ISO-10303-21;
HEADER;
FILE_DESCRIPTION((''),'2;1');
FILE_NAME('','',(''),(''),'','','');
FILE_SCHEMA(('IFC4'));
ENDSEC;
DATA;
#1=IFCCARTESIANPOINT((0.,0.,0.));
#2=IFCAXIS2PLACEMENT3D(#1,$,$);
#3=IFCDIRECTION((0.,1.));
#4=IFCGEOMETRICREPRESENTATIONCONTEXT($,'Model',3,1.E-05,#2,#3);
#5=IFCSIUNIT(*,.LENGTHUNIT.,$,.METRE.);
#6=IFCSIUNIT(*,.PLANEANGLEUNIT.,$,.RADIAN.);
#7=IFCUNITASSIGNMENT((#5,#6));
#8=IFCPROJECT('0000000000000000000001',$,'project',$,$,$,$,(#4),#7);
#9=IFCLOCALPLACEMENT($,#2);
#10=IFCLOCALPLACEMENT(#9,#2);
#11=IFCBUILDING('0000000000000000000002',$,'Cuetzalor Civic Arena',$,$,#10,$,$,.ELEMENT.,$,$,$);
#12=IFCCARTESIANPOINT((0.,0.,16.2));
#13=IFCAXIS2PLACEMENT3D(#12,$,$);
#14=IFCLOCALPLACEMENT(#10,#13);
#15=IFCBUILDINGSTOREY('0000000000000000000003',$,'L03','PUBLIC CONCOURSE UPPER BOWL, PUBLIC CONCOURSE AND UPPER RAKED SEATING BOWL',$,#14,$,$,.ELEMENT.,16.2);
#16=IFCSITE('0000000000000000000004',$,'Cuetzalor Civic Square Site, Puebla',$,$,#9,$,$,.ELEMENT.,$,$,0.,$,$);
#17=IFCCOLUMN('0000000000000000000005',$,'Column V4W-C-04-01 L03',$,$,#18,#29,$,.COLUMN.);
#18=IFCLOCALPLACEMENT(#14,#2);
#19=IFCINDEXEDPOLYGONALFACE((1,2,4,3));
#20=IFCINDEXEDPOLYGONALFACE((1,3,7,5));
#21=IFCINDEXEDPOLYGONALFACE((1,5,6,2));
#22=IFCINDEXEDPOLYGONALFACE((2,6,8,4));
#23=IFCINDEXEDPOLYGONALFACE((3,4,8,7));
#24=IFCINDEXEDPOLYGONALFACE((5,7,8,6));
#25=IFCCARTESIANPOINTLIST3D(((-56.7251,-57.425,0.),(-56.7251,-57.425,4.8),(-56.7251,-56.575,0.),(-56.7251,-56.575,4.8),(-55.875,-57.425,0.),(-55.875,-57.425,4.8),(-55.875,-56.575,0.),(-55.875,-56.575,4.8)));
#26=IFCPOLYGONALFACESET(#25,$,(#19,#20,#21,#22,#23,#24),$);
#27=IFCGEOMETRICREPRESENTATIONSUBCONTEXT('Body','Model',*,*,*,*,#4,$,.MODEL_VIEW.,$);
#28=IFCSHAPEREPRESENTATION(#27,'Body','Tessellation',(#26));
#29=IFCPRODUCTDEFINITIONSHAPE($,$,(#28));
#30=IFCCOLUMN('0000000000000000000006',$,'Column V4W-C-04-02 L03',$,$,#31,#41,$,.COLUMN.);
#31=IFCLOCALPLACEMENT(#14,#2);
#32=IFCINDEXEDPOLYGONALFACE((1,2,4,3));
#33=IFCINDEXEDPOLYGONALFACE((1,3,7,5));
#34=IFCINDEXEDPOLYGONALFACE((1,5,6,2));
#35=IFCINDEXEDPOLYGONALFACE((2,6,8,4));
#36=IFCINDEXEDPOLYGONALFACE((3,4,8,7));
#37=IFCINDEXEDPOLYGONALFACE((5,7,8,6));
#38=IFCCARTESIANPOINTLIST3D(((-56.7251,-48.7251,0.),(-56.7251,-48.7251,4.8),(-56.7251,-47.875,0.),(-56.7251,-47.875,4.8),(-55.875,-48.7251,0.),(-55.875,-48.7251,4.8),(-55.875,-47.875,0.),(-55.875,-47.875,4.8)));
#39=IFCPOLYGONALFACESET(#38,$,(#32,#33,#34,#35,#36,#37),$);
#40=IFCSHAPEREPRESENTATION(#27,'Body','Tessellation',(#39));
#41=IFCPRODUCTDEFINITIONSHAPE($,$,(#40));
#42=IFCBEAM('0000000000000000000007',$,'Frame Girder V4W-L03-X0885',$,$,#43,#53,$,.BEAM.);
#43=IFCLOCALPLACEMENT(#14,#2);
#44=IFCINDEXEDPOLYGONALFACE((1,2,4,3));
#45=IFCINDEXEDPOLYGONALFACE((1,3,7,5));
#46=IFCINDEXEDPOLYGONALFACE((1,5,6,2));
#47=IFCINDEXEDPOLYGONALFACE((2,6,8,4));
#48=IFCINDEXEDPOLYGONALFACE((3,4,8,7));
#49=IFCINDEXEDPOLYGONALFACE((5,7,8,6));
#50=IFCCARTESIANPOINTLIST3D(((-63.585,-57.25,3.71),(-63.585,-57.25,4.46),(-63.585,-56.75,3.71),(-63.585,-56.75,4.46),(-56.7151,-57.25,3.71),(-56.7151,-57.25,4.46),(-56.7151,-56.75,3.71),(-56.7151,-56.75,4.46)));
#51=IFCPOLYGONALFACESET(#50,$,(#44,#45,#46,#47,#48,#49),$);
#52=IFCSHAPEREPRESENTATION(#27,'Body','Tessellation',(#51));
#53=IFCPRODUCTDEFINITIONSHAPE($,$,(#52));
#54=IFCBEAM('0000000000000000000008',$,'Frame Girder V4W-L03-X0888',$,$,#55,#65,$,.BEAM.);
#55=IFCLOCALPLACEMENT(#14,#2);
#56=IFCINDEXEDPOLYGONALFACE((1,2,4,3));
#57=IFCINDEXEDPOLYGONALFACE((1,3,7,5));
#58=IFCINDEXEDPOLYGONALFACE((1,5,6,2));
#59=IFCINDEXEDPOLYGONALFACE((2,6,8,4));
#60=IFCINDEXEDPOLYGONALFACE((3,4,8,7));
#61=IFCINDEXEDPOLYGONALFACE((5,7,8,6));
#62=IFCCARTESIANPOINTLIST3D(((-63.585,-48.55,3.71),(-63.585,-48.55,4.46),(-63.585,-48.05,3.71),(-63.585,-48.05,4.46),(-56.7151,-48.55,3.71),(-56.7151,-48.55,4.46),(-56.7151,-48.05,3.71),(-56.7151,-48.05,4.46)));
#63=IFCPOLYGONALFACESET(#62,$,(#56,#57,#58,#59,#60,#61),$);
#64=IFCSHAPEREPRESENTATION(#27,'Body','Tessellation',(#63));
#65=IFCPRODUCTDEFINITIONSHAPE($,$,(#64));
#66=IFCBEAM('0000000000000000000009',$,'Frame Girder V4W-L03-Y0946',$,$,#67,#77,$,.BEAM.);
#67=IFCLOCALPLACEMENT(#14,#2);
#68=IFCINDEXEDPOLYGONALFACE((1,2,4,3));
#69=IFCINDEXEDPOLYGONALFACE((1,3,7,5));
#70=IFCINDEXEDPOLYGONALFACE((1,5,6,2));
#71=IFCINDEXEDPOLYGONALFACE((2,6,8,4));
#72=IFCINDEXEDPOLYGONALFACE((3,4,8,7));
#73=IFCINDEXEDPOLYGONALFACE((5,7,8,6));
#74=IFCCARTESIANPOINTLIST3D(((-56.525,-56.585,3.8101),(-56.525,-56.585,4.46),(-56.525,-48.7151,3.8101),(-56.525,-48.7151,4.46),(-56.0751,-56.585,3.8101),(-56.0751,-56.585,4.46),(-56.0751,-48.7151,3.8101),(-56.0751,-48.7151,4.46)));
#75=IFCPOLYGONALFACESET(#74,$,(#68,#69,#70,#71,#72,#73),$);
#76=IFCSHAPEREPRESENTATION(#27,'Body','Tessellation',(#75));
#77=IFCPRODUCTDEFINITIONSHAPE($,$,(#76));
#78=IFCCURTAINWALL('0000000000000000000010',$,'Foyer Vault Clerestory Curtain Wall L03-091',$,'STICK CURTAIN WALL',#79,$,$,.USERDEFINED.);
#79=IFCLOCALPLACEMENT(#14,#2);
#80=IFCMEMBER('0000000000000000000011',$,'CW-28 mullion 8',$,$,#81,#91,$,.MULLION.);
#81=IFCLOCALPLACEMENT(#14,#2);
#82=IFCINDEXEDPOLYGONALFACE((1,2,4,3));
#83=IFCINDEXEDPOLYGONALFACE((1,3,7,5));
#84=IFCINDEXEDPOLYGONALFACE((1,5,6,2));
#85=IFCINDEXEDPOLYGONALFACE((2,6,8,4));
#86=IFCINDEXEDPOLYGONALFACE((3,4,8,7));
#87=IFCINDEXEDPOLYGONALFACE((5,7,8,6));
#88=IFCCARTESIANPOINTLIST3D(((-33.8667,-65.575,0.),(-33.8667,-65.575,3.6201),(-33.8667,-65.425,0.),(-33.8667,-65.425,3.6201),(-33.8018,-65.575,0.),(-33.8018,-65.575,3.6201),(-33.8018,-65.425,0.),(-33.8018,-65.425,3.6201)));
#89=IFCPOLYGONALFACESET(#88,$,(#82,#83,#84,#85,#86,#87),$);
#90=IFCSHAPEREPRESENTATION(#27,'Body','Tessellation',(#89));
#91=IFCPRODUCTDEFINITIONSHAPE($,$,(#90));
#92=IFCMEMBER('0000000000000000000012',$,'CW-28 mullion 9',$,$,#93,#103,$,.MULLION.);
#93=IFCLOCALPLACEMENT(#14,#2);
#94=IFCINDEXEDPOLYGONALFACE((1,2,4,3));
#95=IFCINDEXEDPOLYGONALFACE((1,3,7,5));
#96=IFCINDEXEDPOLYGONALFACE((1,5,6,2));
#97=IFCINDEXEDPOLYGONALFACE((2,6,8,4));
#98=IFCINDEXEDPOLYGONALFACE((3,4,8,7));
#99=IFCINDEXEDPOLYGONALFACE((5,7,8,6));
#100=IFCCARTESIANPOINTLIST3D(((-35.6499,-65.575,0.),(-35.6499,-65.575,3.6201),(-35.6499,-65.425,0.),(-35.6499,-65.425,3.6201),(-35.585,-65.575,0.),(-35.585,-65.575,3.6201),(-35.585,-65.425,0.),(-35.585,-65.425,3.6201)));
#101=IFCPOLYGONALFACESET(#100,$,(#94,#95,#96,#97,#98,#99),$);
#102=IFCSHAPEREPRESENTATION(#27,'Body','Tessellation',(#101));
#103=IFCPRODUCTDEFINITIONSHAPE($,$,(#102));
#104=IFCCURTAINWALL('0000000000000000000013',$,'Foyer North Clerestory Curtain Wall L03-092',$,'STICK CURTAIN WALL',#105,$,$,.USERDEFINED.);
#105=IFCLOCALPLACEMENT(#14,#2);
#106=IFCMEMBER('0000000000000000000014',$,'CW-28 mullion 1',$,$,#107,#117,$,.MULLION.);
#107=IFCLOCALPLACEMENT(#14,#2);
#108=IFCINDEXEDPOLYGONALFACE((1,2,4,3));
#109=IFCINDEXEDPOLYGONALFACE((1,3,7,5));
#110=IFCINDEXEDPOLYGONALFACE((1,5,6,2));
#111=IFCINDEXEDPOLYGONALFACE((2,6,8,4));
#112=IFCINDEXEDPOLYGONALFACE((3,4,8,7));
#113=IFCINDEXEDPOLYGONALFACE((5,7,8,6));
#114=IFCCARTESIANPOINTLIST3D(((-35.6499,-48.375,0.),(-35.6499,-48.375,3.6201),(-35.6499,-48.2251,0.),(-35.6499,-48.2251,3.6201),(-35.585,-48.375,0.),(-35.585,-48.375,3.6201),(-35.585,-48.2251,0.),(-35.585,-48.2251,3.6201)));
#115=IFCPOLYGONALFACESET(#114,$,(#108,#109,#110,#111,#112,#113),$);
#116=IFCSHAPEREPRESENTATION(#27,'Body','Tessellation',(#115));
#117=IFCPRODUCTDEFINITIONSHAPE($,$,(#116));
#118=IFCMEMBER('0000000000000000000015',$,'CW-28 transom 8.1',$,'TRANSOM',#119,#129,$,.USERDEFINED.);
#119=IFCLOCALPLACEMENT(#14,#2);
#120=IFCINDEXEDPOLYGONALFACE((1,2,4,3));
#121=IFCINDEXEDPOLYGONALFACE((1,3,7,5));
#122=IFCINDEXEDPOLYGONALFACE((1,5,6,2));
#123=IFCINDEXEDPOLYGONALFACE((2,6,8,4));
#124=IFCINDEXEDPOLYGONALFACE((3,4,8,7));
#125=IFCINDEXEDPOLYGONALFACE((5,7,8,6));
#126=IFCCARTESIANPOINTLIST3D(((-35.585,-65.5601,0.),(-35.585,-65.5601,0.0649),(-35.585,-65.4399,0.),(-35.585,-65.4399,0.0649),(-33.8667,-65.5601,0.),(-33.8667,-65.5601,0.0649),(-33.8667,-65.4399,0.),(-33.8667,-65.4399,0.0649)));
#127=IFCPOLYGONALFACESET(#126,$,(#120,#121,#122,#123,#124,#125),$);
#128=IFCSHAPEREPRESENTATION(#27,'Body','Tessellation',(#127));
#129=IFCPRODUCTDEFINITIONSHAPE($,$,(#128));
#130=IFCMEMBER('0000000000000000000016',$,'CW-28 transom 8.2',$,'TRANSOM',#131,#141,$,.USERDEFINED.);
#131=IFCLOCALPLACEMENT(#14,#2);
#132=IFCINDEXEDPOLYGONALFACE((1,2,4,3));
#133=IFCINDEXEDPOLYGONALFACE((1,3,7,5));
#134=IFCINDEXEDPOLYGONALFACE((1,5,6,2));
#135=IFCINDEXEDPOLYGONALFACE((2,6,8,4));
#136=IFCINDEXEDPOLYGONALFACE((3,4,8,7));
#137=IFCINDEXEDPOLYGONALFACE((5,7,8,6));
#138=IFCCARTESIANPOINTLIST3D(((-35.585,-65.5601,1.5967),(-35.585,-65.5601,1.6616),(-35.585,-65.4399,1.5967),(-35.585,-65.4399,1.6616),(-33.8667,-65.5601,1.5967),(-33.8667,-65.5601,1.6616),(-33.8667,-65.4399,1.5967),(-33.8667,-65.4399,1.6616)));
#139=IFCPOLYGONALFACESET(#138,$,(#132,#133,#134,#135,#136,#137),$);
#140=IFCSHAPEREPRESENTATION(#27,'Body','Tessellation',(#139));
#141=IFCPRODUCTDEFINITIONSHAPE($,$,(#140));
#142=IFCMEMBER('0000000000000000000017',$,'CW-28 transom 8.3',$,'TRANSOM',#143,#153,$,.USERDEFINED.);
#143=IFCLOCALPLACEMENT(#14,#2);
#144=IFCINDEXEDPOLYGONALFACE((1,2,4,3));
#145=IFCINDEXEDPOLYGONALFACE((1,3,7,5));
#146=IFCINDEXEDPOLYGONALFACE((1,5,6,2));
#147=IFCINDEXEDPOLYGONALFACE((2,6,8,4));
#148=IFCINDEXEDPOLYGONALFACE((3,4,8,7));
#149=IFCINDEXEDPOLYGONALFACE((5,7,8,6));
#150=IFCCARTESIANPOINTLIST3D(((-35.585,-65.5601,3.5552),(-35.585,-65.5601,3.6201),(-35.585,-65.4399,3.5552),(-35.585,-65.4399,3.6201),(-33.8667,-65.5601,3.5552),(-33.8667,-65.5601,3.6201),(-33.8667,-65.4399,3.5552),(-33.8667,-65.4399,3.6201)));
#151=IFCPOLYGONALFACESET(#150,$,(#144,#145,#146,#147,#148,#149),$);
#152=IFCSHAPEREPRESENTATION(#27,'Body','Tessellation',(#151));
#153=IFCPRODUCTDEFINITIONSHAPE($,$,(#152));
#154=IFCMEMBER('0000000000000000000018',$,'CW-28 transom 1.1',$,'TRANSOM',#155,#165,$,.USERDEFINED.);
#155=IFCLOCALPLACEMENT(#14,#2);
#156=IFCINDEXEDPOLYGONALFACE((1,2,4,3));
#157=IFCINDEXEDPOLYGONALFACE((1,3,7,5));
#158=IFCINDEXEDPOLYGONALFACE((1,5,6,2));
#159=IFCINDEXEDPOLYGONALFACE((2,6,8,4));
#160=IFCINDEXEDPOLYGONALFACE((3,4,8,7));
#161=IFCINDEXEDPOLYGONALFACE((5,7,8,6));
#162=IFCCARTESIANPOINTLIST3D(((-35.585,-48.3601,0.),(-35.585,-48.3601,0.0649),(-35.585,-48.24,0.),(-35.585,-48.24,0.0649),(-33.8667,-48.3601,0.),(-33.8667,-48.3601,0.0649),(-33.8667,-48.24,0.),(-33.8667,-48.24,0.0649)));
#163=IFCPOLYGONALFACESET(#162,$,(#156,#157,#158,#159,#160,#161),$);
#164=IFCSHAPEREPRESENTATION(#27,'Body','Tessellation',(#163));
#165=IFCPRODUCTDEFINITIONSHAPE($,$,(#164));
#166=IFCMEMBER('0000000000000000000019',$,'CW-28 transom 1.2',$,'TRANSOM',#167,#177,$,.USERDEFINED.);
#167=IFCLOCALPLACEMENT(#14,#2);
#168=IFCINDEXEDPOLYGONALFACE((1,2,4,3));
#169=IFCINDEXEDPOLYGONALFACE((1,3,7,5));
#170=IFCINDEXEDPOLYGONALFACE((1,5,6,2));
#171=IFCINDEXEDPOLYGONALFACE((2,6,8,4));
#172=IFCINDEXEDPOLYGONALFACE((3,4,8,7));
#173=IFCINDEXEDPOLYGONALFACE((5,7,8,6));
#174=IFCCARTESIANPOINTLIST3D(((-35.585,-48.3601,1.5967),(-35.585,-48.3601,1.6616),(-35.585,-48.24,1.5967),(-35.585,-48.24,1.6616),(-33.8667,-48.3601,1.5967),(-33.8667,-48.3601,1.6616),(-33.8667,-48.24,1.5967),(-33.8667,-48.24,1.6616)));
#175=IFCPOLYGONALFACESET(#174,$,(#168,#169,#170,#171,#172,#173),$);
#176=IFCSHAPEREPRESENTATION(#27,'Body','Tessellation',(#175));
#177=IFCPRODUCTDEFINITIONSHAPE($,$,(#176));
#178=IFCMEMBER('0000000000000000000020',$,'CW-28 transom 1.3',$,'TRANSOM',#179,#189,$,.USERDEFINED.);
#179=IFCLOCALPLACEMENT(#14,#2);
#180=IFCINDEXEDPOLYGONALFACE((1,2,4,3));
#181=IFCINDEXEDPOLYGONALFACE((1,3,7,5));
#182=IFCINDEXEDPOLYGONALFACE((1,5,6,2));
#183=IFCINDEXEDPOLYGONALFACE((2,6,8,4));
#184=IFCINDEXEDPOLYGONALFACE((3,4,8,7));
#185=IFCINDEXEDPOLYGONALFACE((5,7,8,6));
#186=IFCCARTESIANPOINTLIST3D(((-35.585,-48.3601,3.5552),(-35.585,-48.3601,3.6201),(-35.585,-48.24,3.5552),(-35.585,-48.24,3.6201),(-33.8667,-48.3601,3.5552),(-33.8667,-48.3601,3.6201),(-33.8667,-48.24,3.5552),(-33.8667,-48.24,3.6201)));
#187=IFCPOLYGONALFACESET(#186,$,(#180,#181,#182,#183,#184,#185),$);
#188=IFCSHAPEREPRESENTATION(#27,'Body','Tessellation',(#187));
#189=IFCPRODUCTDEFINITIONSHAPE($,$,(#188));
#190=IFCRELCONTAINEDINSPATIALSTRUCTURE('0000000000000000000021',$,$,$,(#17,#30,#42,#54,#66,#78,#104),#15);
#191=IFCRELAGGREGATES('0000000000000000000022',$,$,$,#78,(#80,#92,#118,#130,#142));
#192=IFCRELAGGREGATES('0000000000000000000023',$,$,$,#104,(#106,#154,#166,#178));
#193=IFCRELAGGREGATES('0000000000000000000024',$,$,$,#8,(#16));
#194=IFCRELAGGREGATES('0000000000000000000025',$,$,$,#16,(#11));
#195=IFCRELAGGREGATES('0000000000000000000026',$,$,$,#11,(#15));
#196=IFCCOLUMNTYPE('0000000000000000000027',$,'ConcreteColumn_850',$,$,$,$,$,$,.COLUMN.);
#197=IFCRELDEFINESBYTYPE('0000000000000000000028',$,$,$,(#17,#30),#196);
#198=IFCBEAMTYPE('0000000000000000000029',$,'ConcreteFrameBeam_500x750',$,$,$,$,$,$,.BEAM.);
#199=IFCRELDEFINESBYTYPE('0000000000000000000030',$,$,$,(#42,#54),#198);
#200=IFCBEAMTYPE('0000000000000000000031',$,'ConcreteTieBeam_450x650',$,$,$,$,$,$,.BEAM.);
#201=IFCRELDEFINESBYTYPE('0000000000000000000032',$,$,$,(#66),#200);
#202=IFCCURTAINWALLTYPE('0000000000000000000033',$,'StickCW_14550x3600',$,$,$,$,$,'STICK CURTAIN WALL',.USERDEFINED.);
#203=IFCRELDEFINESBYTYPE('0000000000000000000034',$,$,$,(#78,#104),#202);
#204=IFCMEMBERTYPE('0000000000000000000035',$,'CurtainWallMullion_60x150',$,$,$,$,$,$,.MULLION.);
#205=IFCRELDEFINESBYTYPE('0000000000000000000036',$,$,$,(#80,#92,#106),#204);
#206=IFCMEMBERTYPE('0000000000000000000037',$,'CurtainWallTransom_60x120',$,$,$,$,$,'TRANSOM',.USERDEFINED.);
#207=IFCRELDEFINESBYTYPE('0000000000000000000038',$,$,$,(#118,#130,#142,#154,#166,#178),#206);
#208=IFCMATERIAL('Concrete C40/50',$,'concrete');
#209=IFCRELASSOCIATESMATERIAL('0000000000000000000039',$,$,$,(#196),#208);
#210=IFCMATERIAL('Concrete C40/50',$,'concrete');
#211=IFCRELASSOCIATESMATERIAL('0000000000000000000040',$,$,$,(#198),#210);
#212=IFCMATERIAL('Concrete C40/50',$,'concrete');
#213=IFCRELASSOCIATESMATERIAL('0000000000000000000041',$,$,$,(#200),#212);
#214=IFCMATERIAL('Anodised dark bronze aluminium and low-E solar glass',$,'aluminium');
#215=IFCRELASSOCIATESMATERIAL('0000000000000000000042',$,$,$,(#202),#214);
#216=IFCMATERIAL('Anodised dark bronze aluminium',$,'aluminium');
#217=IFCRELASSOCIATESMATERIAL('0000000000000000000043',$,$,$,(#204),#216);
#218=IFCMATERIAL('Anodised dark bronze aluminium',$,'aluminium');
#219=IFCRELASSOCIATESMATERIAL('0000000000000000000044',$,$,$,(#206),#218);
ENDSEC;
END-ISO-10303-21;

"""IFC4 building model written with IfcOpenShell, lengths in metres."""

from ifc_helpers import new_model, si_unit, direction, frame, origin, origin_2d, place, context, subcontext, project, spatial, rectangle, extrude, material, material_profile, profile_set, type_object, element, aggregate, save


model = new_model("IFC4")

# Units and contexts
model_context = context("Model", 3, precision=1e-05, world=origin(), true_north=direction((0.0, 1.0)))
body_context = subcontext(model_context, "Body", "Model", "MODEL_VIEW")
ifc_project = project(units=[si_unit("LENGTHUNIT", "METRE"), si_unit("PLANEANGLEUNIT", "RADIAN")], contexts=[model_context])

# Site, building, storey
site_placement = place(None, origin())
site = spatial("IfcSite", under=ifc_project, at=site_placement, Name="Cuetzalor Civic Square Site, Puebla", CompositionType="ELEMENT", RefElevation=0.0)
building_placement = place(site_placement, origin())
building = spatial("IfcBuilding", under=site, at=building_placement, Name="Cuetzalor Civic Arena", CompositionType="ELEMENT")
storey_placement = place(building_placement, frame((0.0, 0.0, 16.2)))
storey = spatial("IfcBuildingStorey", under=building, at=storey_placement, Name="L03", Description="PUBLIC CONCOURSE UPPER BOWL, PUBLIC CONCOURSE AND UPPER RAKED SEATING BOWL", CompositionType="ELEMENT", Elevation=16.2)

# Columns
ifc_material_1 = material(Name="Concrete C40/50", Category="concrete")
ifc_material_profile_1 = material_profile(ifc_material_1, rectangle(XDim=0.8501, YDim=0.8501, at=origin_2d()), Name="RC 850x850")
ifc_profile_set_1 = profile_set([ifc_material_profile_1], Name="Concrete C40/50")
column_type = type_object("IfcColumnType", Name="ConcreteColumn_850", PredefinedType="COLUMN", material=ifc_profile_set_1)
for number, where, z_axis, x_axis, name in (
    (1, (-56.3, -57.0, 0.0), (0.0, 0.0, 1.0), (1.0, 0.0, 0.0), "Column V4W-C-04-01 L03"),
    (2, (-56.3, -48.3, 0.0), (0.0, 0.0, 1.0), (1.0, 0.0, 0.0), "Column V4W-C-04-02 L03"),
):
    element("IfcColumn", number, at=place(storey_placement, frame(where, z_axis=z_axis, x_axis=x_axis)), inside=storey, type_object=column_type, Name=name, PredefinedType="COLUMN", context=body_context, shape_type="SweptSolid", body=[
        extrude(rectangle(XDim=0.8501, YDim=0.8501, at=origin_2d()), origin(), (0.0, 0.0, 1.0), 4.8),
    ])

# Beams
ifc_material_2 = material(Name="Concrete C40/50", Category="concrete")
ifc_material_profile_2 = material_profile(ifc_material_2, rectangle(XDim=0.5, YDim=0.75, at=origin_2d()), Name="RC 500x750")
ifc_profile_set_2 = profile_set([ifc_material_profile_2], Name="Concrete C40/50")
beam_type_1 = type_object("IfcBeamType", Name="ConcreteFrameBeam_500x750", PredefinedType="BEAM", material=ifc_profile_set_2)
for number, where, z_axis, x_axis, name in (
    (3, (-63.585, -57.0, 4.085), (1.0, 0.0, 0.0), (0.0, 1.0, 0.0), "Frame Girder V4W-L03-X0885"),
    (4, (-63.585, -48.3, 4.085), (1.0, 0.0, 0.0), (0.0, 1.0, 0.0), "Frame Girder V4W-L03-X0888"),
):
    element("IfcBeam", number, at=place(storey_placement, frame(where, z_axis=z_axis, x_axis=x_axis)), inside=storey, type_object=beam_type_1, Name=name, PredefinedType="BEAM", context=body_context, shape_type="SweptSolid", body=[
        extrude(rectangle(XDim=0.5, YDim=0.75, at=origin_2d()), origin(), (0.0, 0.0, 1.0), 6.8699),
    ])
ifc_material_3 = material(Name="Concrete C40/50", Category="concrete")
ifc_material_profile_3 = material_profile(ifc_material_3, rectangle(XDim=0.45, YDim=0.6499, at=origin_2d()), Name="RC 450x650")
ifc_profile_set_3 = profile_set([ifc_material_profile_3], Name="Concrete C40/50")
beam_type_2 = type_object("IfcBeamType", Name="ConcreteTieBeam_450x650", PredefinedType="BEAM", material=ifc_profile_set_3)
beam_1_placement = place(storey_placement, frame((-56.3, -56.585, 4.135), z_axis=(0.0, 1.0, 0.0), x_axis=(-1.0, 0.0, 0.0)))
element("IfcBeam", 5, at=beam_1_placement, inside=storey, type_object=beam_type_2, Name="Frame Girder V4W-L03-Y0946", PredefinedType="BEAM", context=body_context, shape_type="SweptSolid", body=[
    extrude(rectangle(XDim=0.45, YDim=0.6499, at=origin_2d()), origin(), (0.0, 0.0, 1.0), 7.8699),
])

# Curtain wall, members
ifc_material_4 = material(Name="Anodised dark bronze aluminium and low-E solar glass", Category="aluminium")
curtain_wall_type = type_object("IfcCurtainWallType", Name="StickCW_14550x3600", ElementType="STICK CURTAIN WALL", PredefinedType="USERDEFINED", material=ifc_material_4)
curtain_wall_1_placement = place(storey_placement, origin())
curtain_wall_1 = element("IfcCurtainWall", 6, at=curtain_wall_1_placement, inside=storey, type_object=curtain_wall_type, Name="Foyer Vault Clerestory Curtain Wall L03-091", ObjectType="STICK CURTAIN WALL", PredefinedType="USERDEFINED")
ifc_material_5 = material(Name="Anodised dark bronze aluminium", Category="aluminium")
ifc_material_profile_4 = material_profile(ifc_material_5, rectangle(XDim=0.0649, YDim=0.1499, at=origin_2d()), Name="ALU MULLION 65x150")
ifc_profile_set_4 = profile_set([ifc_material_profile_4], Name="Anodised dark bronze aluminium")
member_type_1 = type_object("IfcMemberType", Name="CurtainWallMullion_60x150", PredefinedType="MULLION", material=ifc_profile_set_4)
member_1_placement = place(storey_placement, frame((-33.8342, -65.5, 0.0), z_axis=(0.0, 0.0, 1.0), x_axis=(-1.0, 0.0, 0.0)))
member_1 = element("IfcMember", 7, at=member_1_placement, type_object=member_type_1, Name="CW-28 mullion 8", PredefinedType="MULLION", context=body_context, shape_type="SweptSolid", body=[
    extrude(rectangle(XDim=0.0649, YDim=0.1499, at=origin_2d()), origin(), (0.0, 0.0, 1.0), 3.6201),
])
member_2_placement = place(storey_placement, frame((-35.6174, -65.5, 0.0), z_axis=(0.0, 0.0, 1.0), x_axis=(-1.0, 0.0, 0.0)))
member_2 = element("IfcMember", 8, at=member_2_placement, type_object=member_type_1, Name="CW-28 mullion 9", PredefinedType="MULLION", context=body_context, shape_type="SweptSolid", body=[
    extrude(rectangle(XDim=0.0649, YDim=0.1499, at=origin_2d()), origin(), (0.0, 0.0, 1.0), 3.6201),
])

# Curtain wall, member
curtain_wall_2_placement = place(storey_placement, origin())
curtain_wall_2 = element("IfcCurtainWall", 9, at=curtain_wall_2_placement, inside=storey, type_object=curtain_wall_type, Name="Foyer North Clerestory Curtain Wall L03-092", ObjectType="STICK CURTAIN WALL", PredefinedType="USERDEFINED")
member_3_placement = place(storey_placement, frame((-35.6174, -48.3, 0.0), z_axis=(0.0, 0.0, 1.0), x_axis=(1.0, 0.0, 0.0)))
member_3 = element("IfcMember", 10, at=member_3_placement, type_object=member_type_1, Name="CW-28 mullion 1", PredefinedType="MULLION", context=body_context, shape_type="SweptSolid", body=[
    extrude(rectangle(XDim=0.0649, YDim=0.1499, at=origin_2d()), origin(), (0.0, 0.0, 1.0), 3.6201),
])

# Members
ifc_material_6 = material(Name="Anodised dark bronze aluminium", Category="aluminium")
ifc_material_profile_5 = material_profile(ifc_material_6, rectangle(XDim=0.1201, YDim=0.0649, at=origin_2d()), Name="ALU TRANSOM 65x120")
ifc_profile_set_5 = profile_set([ifc_material_profile_5], Name="Anodised dark bronze aluminium")
member_type_2 = type_object("IfcMemberType", Name="CurtainWallTransom_60x120", ElementType="TRANSOM", PredefinedType="USERDEFINED", material=ifc_profile_set_5)
member_4_placement = place(storey_placement, frame((-33.8667, -65.5, 0.0325), z_axis=(-1.0, 0.0, 0.0), x_axis=(0.0, -1.0, 0.0)))
member_4 = element("IfcMember", 11, at=member_4_placement, type_object=member_type_2, Name="CW-28 transom 8.1", ObjectType="TRANSOM", PredefinedType="USERDEFINED", context=body_context, shape_type="SweptSolid", body=[
    extrude(rectangle(XDim=0.1201, YDim=0.0649, at=origin_2d()), origin(), (0.0, 0.0, 1.0), 1.7183),
])
member_5_placement = place(storey_placement, frame((-33.8667, -65.5, 1.6292), z_axis=(-1.0, 0.0, 0.0), x_axis=(0.0, -1.0, 0.0)))
member_5 = element("IfcMember", 12, at=member_5_placement, type_object=member_type_2, Name="CW-28 transom 8.2", ObjectType="TRANSOM", PredefinedType="USERDEFINED", context=body_context, shape_type="SweptSolid", body=[
    extrude(rectangle(XDim=0.1201, YDim=0.0649, at=origin_2d()), origin(), (0.0, 0.0, 1.0), 1.7183),
])
member_6_placement = place(storey_placement, frame((-33.8667, -65.5, 3.5876), z_axis=(-1.0, 0.0, 0.0), x_axis=(0.0, -1.0, 0.0)))
member_6 = element("IfcMember", 13, at=member_6_placement, type_object=member_type_2, Name="CW-28 transom 8.3", ObjectType="TRANSOM", PredefinedType="USERDEFINED", context=body_context, shape_type="SweptSolid", body=[
    extrude(rectangle(XDim=0.1201, YDim=0.0649, at=origin_2d()), origin(), (0.0, 0.0, 1.0), 1.7183),
])
member_7_placement = place(storey_placement, frame((-35.585, -48.3, 0.0325), z_axis=(1.0, 0.0, 0.0), x_axis=(0.0, 1.0, 0.0)))
member_7 = element("IfcMember", 14, at=member_7_placement, type_object=member_type_2, Name="CW-28 transom 1.1", ObjectType="TRANSOM", PredefinedType="USERDEFINED", context=body_context, shape_type="SweptSolid", body=[
    extrude(rectangle(XDim=0.1201, YDim=0.0649, at=origin_2d()), origin(), (0.0, 0.0, 1.0), 1.7183),
])
member_8_placement = place(storey_placement, frame((-35.585, -48.3, 1.6292), z_axis=(1.0, 0.0, 0.0), x_axis=(0.0, 1.0, 0.0)))
member_8 = element("IfcMember", 15, at=member_8_placement, type_object=member_type_2, Name="CW-28 transom 1.2", ObjectType="TRANSOM", PredefinedType="USERDEFINED", context=body_context, shape_type="SweptSolid", body=[
    extrude(rectangle(XDim=0.1201, YDim=0.0649, at=origin_2d()), origin(), (0.0, 0.0, 1.0), 1.7183),
])
member_9_placement = place(storey_placement, frame((-35.585, -48.3, 3.5876), z_axis=(1.0, 0.0, 0.0), x_axis=(0.0, 1.0, 0.0)))
member_9 = element("IfcMember", 16, at=member_9_placement, type_object=member_type_2, Name="CW-28 transom 1.3", ObjectType="TRANSOM", PredefinedType="USERDEFINED", context=body_context, shape_type="SweptSolid", body=[
    extrude(rectangle(XDim=0.1201, YDim=0.0649, at=origin_2d()), origin(), (0.0, 0.0, 1.0), 1.7183),
])

aggregate(curtain_wall_1, [member_1, member_2, member_4, member_5, member_6])
aggregate(curtain_wall_2, [member_3, member_7, member_8, member_9])

save(model, "model.ifc")
